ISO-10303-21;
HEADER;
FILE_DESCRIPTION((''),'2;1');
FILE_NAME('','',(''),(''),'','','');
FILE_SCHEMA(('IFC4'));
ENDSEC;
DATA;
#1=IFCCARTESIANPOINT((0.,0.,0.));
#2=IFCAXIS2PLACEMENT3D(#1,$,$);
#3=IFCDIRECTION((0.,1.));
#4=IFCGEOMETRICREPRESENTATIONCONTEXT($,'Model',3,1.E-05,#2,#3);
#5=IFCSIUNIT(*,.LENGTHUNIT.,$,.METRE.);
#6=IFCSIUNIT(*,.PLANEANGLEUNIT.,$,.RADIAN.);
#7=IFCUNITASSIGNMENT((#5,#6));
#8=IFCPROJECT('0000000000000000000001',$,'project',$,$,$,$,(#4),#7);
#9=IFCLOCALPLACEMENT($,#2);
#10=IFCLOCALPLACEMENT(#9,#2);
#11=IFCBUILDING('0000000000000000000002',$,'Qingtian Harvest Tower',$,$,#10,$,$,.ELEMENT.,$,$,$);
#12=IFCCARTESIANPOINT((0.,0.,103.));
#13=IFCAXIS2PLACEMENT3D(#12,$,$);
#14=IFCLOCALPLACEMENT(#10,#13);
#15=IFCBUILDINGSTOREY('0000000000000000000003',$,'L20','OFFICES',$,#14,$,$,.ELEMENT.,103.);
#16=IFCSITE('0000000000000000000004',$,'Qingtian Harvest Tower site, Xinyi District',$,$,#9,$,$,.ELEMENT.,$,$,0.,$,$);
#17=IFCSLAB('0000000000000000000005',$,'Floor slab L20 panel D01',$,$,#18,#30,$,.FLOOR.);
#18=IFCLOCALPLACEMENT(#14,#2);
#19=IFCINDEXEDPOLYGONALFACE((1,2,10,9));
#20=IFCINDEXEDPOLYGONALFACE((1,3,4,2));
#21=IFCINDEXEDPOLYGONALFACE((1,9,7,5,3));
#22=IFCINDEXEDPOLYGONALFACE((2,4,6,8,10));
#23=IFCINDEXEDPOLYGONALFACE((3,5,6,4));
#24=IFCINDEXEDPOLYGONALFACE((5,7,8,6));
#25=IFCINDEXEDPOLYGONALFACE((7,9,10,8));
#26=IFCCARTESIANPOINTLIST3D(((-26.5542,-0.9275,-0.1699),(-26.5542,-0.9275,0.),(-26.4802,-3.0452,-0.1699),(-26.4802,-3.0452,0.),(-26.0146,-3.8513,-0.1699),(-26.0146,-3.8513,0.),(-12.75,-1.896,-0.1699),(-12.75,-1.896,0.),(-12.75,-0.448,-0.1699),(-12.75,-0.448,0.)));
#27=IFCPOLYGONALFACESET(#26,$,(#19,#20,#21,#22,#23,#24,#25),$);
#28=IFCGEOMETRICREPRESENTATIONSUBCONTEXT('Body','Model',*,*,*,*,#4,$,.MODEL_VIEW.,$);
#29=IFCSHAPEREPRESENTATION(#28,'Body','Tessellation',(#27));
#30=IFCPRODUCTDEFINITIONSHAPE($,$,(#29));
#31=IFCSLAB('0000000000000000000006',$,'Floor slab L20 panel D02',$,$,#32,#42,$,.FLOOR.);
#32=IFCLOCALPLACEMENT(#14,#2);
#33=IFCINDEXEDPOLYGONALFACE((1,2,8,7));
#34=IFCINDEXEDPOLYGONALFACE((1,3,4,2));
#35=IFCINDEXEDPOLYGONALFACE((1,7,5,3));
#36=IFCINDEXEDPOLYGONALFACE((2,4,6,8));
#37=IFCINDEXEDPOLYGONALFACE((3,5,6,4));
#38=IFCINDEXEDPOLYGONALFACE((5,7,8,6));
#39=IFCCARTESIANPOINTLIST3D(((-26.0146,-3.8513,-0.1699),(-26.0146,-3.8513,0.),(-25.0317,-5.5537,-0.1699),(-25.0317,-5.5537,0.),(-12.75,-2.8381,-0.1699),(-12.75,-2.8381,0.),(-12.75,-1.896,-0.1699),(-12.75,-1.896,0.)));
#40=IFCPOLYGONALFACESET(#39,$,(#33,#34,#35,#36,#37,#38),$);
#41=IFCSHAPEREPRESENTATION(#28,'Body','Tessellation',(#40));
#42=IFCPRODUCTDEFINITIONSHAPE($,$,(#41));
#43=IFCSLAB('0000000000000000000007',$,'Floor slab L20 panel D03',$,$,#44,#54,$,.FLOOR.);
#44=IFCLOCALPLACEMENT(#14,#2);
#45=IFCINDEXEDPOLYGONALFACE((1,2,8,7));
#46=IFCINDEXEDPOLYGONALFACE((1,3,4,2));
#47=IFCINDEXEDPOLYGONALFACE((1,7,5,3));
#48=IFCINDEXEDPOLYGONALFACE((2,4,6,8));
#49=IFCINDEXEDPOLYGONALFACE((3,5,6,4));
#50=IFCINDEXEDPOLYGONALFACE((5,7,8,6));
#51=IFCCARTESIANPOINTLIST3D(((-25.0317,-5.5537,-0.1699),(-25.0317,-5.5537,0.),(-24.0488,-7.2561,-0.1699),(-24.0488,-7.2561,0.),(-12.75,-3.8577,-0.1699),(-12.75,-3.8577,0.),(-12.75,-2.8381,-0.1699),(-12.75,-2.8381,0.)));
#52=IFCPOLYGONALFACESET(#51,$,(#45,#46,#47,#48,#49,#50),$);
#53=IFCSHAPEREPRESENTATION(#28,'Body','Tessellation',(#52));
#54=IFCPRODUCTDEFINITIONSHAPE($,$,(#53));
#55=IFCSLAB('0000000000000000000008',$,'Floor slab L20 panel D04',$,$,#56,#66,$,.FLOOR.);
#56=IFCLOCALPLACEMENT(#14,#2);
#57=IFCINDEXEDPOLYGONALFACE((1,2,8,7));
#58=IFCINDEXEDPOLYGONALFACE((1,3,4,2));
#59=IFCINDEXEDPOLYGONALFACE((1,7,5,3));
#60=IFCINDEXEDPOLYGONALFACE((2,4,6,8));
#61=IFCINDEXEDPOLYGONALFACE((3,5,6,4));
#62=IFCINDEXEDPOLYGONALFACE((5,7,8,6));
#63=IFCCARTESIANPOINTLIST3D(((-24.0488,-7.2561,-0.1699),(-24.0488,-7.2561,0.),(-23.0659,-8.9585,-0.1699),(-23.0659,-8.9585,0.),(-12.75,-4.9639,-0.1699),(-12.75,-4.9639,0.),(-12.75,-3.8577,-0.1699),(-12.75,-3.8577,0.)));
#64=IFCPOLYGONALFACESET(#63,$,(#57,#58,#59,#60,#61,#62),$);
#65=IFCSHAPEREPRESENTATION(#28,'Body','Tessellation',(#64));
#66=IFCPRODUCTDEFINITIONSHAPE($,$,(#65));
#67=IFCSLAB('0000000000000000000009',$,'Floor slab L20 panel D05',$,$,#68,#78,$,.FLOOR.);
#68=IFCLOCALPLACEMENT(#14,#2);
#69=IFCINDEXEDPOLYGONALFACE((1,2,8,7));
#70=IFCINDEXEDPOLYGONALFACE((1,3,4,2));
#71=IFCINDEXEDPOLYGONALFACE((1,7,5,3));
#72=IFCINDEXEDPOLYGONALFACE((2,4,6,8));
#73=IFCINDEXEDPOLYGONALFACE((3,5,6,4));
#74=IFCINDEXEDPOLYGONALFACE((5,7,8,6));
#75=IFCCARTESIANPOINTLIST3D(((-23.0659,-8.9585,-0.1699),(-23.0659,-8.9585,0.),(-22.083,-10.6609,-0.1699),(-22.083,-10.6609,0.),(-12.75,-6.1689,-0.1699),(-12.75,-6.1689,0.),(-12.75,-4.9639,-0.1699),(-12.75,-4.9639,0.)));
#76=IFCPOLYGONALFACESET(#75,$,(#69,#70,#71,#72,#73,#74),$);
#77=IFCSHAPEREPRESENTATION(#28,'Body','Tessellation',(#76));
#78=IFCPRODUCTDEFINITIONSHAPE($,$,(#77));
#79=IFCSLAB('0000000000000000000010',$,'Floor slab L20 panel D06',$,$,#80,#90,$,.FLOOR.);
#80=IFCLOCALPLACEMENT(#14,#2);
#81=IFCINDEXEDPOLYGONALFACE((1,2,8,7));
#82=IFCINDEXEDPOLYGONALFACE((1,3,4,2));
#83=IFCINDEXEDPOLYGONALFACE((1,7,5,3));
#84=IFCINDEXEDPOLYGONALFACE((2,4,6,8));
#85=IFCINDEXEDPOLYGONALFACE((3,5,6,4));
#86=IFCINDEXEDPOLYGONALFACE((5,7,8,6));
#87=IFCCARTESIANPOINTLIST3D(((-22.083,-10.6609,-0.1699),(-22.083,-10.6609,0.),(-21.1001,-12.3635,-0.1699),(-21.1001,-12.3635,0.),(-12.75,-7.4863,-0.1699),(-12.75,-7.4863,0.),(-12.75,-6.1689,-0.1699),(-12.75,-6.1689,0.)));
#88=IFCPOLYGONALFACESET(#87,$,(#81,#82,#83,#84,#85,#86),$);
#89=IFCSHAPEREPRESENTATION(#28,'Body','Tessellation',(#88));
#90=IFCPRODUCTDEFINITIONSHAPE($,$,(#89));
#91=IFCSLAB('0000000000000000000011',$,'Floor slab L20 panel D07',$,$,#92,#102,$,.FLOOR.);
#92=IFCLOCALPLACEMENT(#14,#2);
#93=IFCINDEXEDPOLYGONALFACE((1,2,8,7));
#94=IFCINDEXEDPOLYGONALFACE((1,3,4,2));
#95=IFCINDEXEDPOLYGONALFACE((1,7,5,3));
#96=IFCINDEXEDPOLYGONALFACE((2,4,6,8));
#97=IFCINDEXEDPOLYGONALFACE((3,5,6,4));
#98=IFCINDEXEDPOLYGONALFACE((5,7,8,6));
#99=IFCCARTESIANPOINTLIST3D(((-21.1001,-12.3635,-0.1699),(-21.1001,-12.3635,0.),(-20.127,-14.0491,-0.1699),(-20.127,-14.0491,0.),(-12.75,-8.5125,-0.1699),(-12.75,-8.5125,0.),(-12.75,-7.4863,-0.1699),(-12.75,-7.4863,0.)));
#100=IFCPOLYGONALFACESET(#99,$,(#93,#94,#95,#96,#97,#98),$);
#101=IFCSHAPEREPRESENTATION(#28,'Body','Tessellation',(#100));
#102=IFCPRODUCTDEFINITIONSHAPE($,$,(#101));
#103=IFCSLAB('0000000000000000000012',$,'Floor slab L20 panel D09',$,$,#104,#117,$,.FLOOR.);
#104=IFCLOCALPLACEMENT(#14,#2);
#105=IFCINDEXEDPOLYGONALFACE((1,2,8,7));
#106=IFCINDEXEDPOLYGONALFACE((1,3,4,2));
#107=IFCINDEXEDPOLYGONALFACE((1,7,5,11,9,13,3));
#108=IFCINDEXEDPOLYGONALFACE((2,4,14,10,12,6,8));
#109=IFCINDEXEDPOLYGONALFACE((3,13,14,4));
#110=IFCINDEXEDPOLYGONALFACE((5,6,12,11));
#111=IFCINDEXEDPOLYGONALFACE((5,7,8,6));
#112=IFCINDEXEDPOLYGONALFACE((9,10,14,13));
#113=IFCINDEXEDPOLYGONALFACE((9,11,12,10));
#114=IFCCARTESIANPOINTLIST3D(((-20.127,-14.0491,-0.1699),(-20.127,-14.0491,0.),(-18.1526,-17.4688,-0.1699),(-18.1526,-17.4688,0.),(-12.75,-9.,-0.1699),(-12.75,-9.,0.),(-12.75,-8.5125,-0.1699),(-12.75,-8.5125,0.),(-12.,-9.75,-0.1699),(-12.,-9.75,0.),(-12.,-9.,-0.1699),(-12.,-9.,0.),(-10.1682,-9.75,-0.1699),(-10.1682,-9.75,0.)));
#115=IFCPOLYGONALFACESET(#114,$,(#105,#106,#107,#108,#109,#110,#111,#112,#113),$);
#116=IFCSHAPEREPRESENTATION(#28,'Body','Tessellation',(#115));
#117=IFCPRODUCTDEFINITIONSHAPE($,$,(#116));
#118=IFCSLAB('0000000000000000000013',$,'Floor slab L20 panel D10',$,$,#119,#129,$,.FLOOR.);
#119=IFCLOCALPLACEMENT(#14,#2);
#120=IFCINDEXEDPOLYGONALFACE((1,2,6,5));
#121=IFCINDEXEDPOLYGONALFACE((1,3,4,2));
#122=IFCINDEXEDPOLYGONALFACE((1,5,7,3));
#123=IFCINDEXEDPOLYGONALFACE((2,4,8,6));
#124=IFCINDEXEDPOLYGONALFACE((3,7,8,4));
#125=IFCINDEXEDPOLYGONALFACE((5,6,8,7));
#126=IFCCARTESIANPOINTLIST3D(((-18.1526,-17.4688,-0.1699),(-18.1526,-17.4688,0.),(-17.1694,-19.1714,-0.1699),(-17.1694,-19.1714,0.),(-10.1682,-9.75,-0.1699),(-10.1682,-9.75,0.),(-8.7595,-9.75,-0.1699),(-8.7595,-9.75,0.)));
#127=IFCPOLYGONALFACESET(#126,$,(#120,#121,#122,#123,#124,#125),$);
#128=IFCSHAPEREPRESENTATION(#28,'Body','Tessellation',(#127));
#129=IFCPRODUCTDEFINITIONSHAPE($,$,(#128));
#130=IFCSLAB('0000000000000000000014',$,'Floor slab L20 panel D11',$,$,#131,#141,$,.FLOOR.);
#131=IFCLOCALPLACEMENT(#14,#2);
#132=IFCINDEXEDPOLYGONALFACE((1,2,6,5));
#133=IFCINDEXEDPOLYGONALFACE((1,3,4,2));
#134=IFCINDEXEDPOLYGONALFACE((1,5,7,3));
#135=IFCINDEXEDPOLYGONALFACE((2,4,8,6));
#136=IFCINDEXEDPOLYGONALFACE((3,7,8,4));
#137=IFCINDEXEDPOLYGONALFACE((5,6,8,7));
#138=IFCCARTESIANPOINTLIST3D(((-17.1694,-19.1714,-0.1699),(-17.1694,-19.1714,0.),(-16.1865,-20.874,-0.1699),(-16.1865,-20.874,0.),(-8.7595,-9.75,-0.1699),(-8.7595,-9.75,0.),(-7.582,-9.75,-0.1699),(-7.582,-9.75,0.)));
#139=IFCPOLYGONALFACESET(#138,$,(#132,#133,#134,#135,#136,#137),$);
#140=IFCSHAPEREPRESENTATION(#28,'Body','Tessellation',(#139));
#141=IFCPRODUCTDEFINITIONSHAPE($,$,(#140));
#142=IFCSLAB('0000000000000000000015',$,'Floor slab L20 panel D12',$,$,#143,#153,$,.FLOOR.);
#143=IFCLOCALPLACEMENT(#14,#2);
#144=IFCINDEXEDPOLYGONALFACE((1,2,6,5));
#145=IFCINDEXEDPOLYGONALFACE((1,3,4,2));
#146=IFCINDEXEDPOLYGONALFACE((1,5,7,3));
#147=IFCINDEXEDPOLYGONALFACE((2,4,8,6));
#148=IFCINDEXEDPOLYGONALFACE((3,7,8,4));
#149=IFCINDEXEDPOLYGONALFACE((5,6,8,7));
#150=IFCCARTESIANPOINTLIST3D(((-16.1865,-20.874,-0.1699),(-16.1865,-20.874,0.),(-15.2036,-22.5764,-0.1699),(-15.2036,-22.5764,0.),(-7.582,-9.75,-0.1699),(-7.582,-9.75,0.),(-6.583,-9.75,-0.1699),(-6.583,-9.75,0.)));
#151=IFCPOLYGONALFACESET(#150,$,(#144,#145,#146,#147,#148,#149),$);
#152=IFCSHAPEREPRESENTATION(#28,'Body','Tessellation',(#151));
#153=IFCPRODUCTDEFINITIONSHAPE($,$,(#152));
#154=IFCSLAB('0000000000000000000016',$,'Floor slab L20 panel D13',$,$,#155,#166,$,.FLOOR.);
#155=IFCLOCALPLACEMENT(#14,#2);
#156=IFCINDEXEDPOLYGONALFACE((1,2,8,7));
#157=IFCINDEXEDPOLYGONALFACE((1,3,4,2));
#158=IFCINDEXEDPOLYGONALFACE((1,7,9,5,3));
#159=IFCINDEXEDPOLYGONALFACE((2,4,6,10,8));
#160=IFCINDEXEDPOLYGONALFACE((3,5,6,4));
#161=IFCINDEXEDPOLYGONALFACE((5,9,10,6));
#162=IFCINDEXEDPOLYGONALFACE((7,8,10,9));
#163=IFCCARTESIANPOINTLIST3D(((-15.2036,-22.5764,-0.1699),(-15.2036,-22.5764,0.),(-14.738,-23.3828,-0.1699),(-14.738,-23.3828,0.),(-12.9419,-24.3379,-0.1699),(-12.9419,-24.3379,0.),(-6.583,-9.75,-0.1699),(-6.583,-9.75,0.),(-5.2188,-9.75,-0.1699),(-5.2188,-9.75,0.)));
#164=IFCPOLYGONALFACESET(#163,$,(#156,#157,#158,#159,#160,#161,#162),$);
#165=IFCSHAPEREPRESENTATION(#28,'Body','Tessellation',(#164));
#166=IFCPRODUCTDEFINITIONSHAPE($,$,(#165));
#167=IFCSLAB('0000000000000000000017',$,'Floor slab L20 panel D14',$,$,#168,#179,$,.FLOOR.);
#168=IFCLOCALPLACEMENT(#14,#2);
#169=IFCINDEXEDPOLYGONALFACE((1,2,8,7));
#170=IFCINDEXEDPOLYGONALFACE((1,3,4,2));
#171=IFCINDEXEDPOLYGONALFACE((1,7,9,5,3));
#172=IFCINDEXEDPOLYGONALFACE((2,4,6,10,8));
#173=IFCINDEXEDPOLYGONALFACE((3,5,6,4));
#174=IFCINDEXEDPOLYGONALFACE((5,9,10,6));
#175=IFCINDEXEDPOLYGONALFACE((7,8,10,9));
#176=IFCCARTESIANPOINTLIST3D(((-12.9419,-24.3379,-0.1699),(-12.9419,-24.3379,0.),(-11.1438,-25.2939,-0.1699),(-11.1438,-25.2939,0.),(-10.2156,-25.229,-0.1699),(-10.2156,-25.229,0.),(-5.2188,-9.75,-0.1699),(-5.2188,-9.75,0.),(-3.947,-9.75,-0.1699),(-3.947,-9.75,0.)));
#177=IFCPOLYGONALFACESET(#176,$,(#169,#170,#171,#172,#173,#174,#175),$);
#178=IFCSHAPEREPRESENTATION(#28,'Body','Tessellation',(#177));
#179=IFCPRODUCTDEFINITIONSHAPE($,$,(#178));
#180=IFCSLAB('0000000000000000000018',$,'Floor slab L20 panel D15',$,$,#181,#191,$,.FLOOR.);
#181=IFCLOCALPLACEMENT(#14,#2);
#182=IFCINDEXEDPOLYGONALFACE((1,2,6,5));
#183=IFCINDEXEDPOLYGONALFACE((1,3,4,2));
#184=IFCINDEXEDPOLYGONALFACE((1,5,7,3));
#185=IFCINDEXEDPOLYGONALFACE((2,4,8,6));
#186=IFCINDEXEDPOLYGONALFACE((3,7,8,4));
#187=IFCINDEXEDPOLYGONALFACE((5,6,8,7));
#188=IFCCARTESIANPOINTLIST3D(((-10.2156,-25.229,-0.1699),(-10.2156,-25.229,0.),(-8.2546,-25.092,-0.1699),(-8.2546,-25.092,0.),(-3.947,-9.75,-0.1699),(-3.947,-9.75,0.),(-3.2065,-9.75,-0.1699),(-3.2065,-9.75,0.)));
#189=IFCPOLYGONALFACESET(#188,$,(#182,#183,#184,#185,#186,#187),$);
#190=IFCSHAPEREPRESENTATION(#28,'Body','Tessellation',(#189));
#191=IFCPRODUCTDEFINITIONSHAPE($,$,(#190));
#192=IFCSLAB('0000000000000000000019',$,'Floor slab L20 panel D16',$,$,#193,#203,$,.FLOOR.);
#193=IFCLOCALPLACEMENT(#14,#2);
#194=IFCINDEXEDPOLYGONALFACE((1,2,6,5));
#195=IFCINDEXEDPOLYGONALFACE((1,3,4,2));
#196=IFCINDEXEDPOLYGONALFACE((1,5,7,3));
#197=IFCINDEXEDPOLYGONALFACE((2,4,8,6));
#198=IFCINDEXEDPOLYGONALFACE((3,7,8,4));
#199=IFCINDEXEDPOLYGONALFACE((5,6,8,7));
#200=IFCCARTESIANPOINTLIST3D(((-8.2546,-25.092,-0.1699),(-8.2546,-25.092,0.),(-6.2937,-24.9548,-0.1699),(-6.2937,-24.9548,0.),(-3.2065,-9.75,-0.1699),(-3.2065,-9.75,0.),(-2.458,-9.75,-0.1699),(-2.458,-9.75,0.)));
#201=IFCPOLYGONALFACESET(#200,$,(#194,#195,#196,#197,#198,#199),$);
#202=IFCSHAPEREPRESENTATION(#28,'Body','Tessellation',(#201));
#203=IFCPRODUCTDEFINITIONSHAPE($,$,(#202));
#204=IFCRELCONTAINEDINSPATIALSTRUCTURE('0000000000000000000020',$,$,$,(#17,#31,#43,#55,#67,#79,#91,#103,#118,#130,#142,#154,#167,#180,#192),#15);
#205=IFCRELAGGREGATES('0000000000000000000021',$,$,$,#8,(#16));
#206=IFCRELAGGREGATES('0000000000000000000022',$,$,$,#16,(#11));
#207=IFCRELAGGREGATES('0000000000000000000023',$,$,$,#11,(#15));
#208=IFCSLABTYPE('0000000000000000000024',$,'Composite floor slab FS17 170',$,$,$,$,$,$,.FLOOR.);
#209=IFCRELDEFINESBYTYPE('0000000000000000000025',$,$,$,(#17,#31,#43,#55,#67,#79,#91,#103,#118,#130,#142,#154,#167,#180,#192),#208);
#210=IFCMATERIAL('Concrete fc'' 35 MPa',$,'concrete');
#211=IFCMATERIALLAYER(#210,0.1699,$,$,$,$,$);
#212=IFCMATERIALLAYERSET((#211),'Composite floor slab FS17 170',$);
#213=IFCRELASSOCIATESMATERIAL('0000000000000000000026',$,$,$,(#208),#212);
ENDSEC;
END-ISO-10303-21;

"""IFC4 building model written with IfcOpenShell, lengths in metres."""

from ifc_helpers import new_model, si_unit, direction, frame, origin, place, context, subcontext, project, spatial, polyline, outline, extrude, material, layer, layer_set, type_object, element, save


model = new_model("IFC4")

# Units and contexts
model_context = context("Model", 3, precision=1e-05, world=origin(), true_north=direction((0.0, 1.0)))
body_context = subcontext(model_context, "Body", "Model", "MODEL_VIEW")
ifc_project = project(units=[si_unit("LENGTHUNIT", "METRE"), si_unit("PLANEANGLEUNIT", "RADIAN")], contexts=[model_context])

# Site, building, storey
site_placement = place(None, origin())
site = spatial("IfcSite", under=ifc_project, at=site_placement, Name="Qingtian Harvest Tower site, Xinyi District", CompositionType="ELEMENT", RefElevation=0.0)
building_placement = place(site_placement, origin())
building = spatial("IfcBuilding", under=site, at=building_placement, Name="Qingtian Harvest Tower", CompositionType="ELEMENT")
storey_placement = place(building_placement, frame((0.0, 0.0, 103.0)))
storey = spatial("IfcBuildingStorey", under=building, at=storey_placement, Name="L20", Description="OFFICES", CompositionType="ELEMENT", Elevation=103.0)

# Slabs
ifc_material = material(Name="Concrete fc' 35 MPa", Category="concrete")
ifc_layer = layer(ifc_material, 0.1699)
ifc_layer_set = layer_set([ifc_layer], Name="Composite floor slab FS17 170")
slab_type = type_object("IfcSlabType", Name="Composite floor slab FS17 170", PredefinedType="FLOOR", material=ifc_layer_set)
slab_1_placement = place(storey_placement, frame((0.0, 0.0, -0.1699)))
element("IfcSlab", 1, at=slab_1_placement, inside=storey, type_object=slab_type, Name="Floor slab L20 panel D01", PredefinedType="FLOOR", context=body_context, shape_type="SweptSolid", body=[
    extrude(outline(polyline([(-26.5542, -0.9275), (-12.75, -0.448), (-12.75, -1.896), (-26.0146, -3.8513), (-26.4802, -3.0452), (-26.5542, -0.9275)])), origin(), (0.0, 0.0, 1.0), 0.1699),
])
slab_2_placement = place(storey_placement, frame((0.0, 0.0, -0.1699)))
element("IfcSlab", 2, at=slab_2_placement, inside=storey, type_object=slab_type, Name="Floor slab L20 panel D02", PredefinedType="FLOOR", context=body_context, shape_type="SweptSolid", body=[
    extrude(outline(polyline([(-12.75, -2.8381), (-25.0317, -5.5537), (-26.0146, -3.8513), (-12.75, -1.896), (-12.75, -2.8381)])), origin(), (0.0, 0.0, 1.0), 0.1699),
])
slab_3_placement = place(storey_placement, frame((0.0, 0.0, -0.1699)))
element("IfcSlab", 3, at=slab_3_placement, inside=storey, type_object=slab_type, Name="Floor slab L20 panel D03", PredefinedType="FLOOR", context=body_context, shape_type="SweptSolid", body=[
    extrude(outline(polyline([(-12.75, -3.8577), (-24.0488, -7.2561), (-25.0317, -5.5537), (-12.75, -2.8381), (-12.75, -3.8577)])), origin(), (0.0, 0.0, 1.0), 0.1699),
])
slab_4_placement = place(storey_placement, frame((0.0, 0.0, -0.1699)))
element("IfcSlab", 4, at=slab_4_placement, inside=storey, type_object=slab_type, Name="Floor slab L20 panel D04", PredefinedType="FLOOR", context=body_context, shape_type="SweptSolid", body=[
    extrude(outline(polyline([(-12.75, -4.9639), (-23.0659, -8.9585), (-24.0488, -7.2561), (-12.75, -3.8577), (-12.75, -4.9639)])), origin(), (0.0, 0.0, 1.0), 0.1699),
])
slab_5_placement = place(storey_placement, frame((0.0, 0.0, -0.1699)))
element("IfcSlab", 5, at=slab_5_placement, inside=storey, type_object=slab_type, Name="Floor slab L20 panel D05", PredefinedType="FLOOR", context=body_context, shape_type="SweptSolid", body=[
    extrude(outline(polyline([(-12.75, -6.1689), (-22.083, -10.6609), (-23.0659, -8.9585), (-12.75, -4.9639), (-12.75, -6.1689)])), origin(), (0.0, 0.0, 1.0), 0.1699),
])
slab_6_placement = place(storey_placement, frame((0.0, 0.0, -0.1699)))
element("IfcSlab", 6, at=slab_6_placement, inside=storey, type_object=slab_type, Name="Floor slab L20 panel D06", PredefinedType="FLOOR", context=body_context, shape_type="SweptSolid", body=[
    extrude(outline(polyline([(-12.75, -7.4863), (-21.1001, -12.3635), (-22.083, -10.6609), (-12.75, -6.1689), (-12.75, -7.4863)])), origin(), (0.0, 0.0, 1.0), 0.1699),
])
slab_7_placement = place(storey_placement, frame((0.0, 0.0, -0.1699)))
element("IfcSlab", 7, at=slab_7_placement, inside=storey, type_object=slab_type, Name="Floor slab L20 panel D07", PredefinedType="FLOOR", context=body_context, shape_type="SweptSolid", body=[
    extrude(outline(polyline([(-12.75, -8.5125), (-20.127, -14.0491), (-21.1001, -12.3635), (-12.75, -7.4863), (-12.75, -8.5125)])), origin(), (0.0, 0.0, 1.0), 0.1699),
])
slab_8_placement = place(storey_placement, frame((0.0, 0.0, -0.1699)))
element("IfcSlab", 8, at=slab_8_placement, inside=storey, type_object=slab_type, Name="Floor slab L20 panel D09", PredefinedType="FLOOR", context=body_context, shape_type="SweptSolid", body=[
    extrude(outline(polyline([(-18.1526, -17.4688), (-20.127, -14.0491), (-12.75, -8.5125), (-12.75, -9.0), (-12.0, -9.0), (-12.0, -9.75), (-10.1682, -9.75), (-18.1526, -17.4688)])), origin(), (0.0, 0.0, 1.0), 0.1699),
])
slab_9_placement = place(storey_placement, frame((0.0, 0.0, -0.1699)))
element("IfcSlab", 9, at=slab_9_placement, inside=storey, type_object=slab_type, Name="Floor slab L20 panel D10", PredefinedType="FLOOR", context=body_context, shape_type="SweptSolid", body=[
    extrude(outline(polyline([(-8.7595, -9.75), (-17.1694, -19.1714), (-18.1526, -17.4688), (-10.1682, -9.75), (-8.7595, -9.75)])), origin(), (0.0, 0.0, 1.0), 0.1699),
])
slab_10_placement = place(storey_placement, frame((0.0, 0.0, -0.1699)))
element("IfcSlab", 10, at=slab_10_placement, inside=storey, type_object=slab_type, Name="Floor slab L20 panel D11", PredefinedType="FLOOR", context=body_context, shape_type="SweptSolid", body=[
    extrude(outline(polyline([(-7.582, -9.75), (-16.1865, -20.874), (-17.1694, -19.1714), (-8.7595, -9.75), (-7.582, -9.75)])), origin(), (0.0, 0.0, 1.0), 0.1699),
])
slab_11_placement = place(storey_placement, frame((0.0, 0.0, -0.1699)))
element("IfcSlab", 11, at=slab_11_placement, inside=storey, type_object=slab_type, Name="Floor slab L20 panel D12", PredefinedType="FLOOR", context=body_context, shape_type="SweptSolid", body=[
    extrude(outline(polyline([(-6.583, -9.75), (-15.2036, -22.5764), (-16.1865, -20.874), (-7.582, -9.75), (-6.583, -9.75)])), origin(), (0.0, 0.0, 1.0), 0.1699),
])
slab_12_placement = place(storey_placement, frame((0.0, 0.0, -0.1699)))
element("IfcSlab", 12, at=slab_12_placement, inside=storey, type_object=slab_type, Name="Floor slab L20 panel D13", PredefinedType="FLOOR", context=body_context, shape_type="SweptSolid", body=[
    extrude(outline(polyline([(-6.583, -9.75), (-5.2188, -9.75), (-12.9419, -24.3379), (-14.738, -23.3828), (-15.2036, -22.5764), (-6.583, -9.75)])), origin(), (0.0, 0.0, 1.0), 0.1699),
])
slab_13_placement = place(storey_placement, frame((0.0, 0.0, -0.1699)))
element("IfcSlab", 13, at=slab_13_placement, inside=storey, type_object=slab_type, Name="Floor slab L20 panel D14", PredefinedType="FLOOR", context=body_context, shape_type="SweptSolid", body=[
    extrude(outline(polyline([(-5.2188, -9.75), (-3.947, -9.75), (-10.2156, -25.229), (-11.1438, -25.2939), (-12.9419, -24.3379), (-5.2188, -9.75)])), origin(), (0.0, 0.0, 1.0), 0.1699),
])
slab_14_placement = place(storey_placement, frame((0.0, 0.0, -0.1699)))
element("IfcSlab", 14, at=slab_14_placement, inside=storey, type_object=slab_type, Name="Floor slab L20 panel D15", PredefinedType="FLOOR", context=body_context, shape_type="SweptSolid", body=[
    extrude(outline(polyline([(-3.2065, -9.75), (-8.2546, -25.092), (-10.2156, -25.229), (-3.947, -9.75), (-3.2065, -9.75)])), origin(), (0.0, 0.0, 1.0), 0.1699),
])
slab_15_placement = place(storey_placement, frame((0.0, 0.0, -0.1699)))
element("IfcSlab", 15, at=slab_15_placement, inside=storey, type_object=slab_type, Name="Floor slab L20 panel D16", PredefinedType="FLOOR", context=body_context, shape_type="SweptSolid", body=[
    extrude(outline(polyline([(-2.458, -9.75), (-6.2937, -24.9548), (-8.2546, -25.092), (-3.2065, -9.75), (-2.458, -9.75)])), origin(), (0.0, 0.0, 1.0), 0.1699),
])

save(model, "model.ifc")
